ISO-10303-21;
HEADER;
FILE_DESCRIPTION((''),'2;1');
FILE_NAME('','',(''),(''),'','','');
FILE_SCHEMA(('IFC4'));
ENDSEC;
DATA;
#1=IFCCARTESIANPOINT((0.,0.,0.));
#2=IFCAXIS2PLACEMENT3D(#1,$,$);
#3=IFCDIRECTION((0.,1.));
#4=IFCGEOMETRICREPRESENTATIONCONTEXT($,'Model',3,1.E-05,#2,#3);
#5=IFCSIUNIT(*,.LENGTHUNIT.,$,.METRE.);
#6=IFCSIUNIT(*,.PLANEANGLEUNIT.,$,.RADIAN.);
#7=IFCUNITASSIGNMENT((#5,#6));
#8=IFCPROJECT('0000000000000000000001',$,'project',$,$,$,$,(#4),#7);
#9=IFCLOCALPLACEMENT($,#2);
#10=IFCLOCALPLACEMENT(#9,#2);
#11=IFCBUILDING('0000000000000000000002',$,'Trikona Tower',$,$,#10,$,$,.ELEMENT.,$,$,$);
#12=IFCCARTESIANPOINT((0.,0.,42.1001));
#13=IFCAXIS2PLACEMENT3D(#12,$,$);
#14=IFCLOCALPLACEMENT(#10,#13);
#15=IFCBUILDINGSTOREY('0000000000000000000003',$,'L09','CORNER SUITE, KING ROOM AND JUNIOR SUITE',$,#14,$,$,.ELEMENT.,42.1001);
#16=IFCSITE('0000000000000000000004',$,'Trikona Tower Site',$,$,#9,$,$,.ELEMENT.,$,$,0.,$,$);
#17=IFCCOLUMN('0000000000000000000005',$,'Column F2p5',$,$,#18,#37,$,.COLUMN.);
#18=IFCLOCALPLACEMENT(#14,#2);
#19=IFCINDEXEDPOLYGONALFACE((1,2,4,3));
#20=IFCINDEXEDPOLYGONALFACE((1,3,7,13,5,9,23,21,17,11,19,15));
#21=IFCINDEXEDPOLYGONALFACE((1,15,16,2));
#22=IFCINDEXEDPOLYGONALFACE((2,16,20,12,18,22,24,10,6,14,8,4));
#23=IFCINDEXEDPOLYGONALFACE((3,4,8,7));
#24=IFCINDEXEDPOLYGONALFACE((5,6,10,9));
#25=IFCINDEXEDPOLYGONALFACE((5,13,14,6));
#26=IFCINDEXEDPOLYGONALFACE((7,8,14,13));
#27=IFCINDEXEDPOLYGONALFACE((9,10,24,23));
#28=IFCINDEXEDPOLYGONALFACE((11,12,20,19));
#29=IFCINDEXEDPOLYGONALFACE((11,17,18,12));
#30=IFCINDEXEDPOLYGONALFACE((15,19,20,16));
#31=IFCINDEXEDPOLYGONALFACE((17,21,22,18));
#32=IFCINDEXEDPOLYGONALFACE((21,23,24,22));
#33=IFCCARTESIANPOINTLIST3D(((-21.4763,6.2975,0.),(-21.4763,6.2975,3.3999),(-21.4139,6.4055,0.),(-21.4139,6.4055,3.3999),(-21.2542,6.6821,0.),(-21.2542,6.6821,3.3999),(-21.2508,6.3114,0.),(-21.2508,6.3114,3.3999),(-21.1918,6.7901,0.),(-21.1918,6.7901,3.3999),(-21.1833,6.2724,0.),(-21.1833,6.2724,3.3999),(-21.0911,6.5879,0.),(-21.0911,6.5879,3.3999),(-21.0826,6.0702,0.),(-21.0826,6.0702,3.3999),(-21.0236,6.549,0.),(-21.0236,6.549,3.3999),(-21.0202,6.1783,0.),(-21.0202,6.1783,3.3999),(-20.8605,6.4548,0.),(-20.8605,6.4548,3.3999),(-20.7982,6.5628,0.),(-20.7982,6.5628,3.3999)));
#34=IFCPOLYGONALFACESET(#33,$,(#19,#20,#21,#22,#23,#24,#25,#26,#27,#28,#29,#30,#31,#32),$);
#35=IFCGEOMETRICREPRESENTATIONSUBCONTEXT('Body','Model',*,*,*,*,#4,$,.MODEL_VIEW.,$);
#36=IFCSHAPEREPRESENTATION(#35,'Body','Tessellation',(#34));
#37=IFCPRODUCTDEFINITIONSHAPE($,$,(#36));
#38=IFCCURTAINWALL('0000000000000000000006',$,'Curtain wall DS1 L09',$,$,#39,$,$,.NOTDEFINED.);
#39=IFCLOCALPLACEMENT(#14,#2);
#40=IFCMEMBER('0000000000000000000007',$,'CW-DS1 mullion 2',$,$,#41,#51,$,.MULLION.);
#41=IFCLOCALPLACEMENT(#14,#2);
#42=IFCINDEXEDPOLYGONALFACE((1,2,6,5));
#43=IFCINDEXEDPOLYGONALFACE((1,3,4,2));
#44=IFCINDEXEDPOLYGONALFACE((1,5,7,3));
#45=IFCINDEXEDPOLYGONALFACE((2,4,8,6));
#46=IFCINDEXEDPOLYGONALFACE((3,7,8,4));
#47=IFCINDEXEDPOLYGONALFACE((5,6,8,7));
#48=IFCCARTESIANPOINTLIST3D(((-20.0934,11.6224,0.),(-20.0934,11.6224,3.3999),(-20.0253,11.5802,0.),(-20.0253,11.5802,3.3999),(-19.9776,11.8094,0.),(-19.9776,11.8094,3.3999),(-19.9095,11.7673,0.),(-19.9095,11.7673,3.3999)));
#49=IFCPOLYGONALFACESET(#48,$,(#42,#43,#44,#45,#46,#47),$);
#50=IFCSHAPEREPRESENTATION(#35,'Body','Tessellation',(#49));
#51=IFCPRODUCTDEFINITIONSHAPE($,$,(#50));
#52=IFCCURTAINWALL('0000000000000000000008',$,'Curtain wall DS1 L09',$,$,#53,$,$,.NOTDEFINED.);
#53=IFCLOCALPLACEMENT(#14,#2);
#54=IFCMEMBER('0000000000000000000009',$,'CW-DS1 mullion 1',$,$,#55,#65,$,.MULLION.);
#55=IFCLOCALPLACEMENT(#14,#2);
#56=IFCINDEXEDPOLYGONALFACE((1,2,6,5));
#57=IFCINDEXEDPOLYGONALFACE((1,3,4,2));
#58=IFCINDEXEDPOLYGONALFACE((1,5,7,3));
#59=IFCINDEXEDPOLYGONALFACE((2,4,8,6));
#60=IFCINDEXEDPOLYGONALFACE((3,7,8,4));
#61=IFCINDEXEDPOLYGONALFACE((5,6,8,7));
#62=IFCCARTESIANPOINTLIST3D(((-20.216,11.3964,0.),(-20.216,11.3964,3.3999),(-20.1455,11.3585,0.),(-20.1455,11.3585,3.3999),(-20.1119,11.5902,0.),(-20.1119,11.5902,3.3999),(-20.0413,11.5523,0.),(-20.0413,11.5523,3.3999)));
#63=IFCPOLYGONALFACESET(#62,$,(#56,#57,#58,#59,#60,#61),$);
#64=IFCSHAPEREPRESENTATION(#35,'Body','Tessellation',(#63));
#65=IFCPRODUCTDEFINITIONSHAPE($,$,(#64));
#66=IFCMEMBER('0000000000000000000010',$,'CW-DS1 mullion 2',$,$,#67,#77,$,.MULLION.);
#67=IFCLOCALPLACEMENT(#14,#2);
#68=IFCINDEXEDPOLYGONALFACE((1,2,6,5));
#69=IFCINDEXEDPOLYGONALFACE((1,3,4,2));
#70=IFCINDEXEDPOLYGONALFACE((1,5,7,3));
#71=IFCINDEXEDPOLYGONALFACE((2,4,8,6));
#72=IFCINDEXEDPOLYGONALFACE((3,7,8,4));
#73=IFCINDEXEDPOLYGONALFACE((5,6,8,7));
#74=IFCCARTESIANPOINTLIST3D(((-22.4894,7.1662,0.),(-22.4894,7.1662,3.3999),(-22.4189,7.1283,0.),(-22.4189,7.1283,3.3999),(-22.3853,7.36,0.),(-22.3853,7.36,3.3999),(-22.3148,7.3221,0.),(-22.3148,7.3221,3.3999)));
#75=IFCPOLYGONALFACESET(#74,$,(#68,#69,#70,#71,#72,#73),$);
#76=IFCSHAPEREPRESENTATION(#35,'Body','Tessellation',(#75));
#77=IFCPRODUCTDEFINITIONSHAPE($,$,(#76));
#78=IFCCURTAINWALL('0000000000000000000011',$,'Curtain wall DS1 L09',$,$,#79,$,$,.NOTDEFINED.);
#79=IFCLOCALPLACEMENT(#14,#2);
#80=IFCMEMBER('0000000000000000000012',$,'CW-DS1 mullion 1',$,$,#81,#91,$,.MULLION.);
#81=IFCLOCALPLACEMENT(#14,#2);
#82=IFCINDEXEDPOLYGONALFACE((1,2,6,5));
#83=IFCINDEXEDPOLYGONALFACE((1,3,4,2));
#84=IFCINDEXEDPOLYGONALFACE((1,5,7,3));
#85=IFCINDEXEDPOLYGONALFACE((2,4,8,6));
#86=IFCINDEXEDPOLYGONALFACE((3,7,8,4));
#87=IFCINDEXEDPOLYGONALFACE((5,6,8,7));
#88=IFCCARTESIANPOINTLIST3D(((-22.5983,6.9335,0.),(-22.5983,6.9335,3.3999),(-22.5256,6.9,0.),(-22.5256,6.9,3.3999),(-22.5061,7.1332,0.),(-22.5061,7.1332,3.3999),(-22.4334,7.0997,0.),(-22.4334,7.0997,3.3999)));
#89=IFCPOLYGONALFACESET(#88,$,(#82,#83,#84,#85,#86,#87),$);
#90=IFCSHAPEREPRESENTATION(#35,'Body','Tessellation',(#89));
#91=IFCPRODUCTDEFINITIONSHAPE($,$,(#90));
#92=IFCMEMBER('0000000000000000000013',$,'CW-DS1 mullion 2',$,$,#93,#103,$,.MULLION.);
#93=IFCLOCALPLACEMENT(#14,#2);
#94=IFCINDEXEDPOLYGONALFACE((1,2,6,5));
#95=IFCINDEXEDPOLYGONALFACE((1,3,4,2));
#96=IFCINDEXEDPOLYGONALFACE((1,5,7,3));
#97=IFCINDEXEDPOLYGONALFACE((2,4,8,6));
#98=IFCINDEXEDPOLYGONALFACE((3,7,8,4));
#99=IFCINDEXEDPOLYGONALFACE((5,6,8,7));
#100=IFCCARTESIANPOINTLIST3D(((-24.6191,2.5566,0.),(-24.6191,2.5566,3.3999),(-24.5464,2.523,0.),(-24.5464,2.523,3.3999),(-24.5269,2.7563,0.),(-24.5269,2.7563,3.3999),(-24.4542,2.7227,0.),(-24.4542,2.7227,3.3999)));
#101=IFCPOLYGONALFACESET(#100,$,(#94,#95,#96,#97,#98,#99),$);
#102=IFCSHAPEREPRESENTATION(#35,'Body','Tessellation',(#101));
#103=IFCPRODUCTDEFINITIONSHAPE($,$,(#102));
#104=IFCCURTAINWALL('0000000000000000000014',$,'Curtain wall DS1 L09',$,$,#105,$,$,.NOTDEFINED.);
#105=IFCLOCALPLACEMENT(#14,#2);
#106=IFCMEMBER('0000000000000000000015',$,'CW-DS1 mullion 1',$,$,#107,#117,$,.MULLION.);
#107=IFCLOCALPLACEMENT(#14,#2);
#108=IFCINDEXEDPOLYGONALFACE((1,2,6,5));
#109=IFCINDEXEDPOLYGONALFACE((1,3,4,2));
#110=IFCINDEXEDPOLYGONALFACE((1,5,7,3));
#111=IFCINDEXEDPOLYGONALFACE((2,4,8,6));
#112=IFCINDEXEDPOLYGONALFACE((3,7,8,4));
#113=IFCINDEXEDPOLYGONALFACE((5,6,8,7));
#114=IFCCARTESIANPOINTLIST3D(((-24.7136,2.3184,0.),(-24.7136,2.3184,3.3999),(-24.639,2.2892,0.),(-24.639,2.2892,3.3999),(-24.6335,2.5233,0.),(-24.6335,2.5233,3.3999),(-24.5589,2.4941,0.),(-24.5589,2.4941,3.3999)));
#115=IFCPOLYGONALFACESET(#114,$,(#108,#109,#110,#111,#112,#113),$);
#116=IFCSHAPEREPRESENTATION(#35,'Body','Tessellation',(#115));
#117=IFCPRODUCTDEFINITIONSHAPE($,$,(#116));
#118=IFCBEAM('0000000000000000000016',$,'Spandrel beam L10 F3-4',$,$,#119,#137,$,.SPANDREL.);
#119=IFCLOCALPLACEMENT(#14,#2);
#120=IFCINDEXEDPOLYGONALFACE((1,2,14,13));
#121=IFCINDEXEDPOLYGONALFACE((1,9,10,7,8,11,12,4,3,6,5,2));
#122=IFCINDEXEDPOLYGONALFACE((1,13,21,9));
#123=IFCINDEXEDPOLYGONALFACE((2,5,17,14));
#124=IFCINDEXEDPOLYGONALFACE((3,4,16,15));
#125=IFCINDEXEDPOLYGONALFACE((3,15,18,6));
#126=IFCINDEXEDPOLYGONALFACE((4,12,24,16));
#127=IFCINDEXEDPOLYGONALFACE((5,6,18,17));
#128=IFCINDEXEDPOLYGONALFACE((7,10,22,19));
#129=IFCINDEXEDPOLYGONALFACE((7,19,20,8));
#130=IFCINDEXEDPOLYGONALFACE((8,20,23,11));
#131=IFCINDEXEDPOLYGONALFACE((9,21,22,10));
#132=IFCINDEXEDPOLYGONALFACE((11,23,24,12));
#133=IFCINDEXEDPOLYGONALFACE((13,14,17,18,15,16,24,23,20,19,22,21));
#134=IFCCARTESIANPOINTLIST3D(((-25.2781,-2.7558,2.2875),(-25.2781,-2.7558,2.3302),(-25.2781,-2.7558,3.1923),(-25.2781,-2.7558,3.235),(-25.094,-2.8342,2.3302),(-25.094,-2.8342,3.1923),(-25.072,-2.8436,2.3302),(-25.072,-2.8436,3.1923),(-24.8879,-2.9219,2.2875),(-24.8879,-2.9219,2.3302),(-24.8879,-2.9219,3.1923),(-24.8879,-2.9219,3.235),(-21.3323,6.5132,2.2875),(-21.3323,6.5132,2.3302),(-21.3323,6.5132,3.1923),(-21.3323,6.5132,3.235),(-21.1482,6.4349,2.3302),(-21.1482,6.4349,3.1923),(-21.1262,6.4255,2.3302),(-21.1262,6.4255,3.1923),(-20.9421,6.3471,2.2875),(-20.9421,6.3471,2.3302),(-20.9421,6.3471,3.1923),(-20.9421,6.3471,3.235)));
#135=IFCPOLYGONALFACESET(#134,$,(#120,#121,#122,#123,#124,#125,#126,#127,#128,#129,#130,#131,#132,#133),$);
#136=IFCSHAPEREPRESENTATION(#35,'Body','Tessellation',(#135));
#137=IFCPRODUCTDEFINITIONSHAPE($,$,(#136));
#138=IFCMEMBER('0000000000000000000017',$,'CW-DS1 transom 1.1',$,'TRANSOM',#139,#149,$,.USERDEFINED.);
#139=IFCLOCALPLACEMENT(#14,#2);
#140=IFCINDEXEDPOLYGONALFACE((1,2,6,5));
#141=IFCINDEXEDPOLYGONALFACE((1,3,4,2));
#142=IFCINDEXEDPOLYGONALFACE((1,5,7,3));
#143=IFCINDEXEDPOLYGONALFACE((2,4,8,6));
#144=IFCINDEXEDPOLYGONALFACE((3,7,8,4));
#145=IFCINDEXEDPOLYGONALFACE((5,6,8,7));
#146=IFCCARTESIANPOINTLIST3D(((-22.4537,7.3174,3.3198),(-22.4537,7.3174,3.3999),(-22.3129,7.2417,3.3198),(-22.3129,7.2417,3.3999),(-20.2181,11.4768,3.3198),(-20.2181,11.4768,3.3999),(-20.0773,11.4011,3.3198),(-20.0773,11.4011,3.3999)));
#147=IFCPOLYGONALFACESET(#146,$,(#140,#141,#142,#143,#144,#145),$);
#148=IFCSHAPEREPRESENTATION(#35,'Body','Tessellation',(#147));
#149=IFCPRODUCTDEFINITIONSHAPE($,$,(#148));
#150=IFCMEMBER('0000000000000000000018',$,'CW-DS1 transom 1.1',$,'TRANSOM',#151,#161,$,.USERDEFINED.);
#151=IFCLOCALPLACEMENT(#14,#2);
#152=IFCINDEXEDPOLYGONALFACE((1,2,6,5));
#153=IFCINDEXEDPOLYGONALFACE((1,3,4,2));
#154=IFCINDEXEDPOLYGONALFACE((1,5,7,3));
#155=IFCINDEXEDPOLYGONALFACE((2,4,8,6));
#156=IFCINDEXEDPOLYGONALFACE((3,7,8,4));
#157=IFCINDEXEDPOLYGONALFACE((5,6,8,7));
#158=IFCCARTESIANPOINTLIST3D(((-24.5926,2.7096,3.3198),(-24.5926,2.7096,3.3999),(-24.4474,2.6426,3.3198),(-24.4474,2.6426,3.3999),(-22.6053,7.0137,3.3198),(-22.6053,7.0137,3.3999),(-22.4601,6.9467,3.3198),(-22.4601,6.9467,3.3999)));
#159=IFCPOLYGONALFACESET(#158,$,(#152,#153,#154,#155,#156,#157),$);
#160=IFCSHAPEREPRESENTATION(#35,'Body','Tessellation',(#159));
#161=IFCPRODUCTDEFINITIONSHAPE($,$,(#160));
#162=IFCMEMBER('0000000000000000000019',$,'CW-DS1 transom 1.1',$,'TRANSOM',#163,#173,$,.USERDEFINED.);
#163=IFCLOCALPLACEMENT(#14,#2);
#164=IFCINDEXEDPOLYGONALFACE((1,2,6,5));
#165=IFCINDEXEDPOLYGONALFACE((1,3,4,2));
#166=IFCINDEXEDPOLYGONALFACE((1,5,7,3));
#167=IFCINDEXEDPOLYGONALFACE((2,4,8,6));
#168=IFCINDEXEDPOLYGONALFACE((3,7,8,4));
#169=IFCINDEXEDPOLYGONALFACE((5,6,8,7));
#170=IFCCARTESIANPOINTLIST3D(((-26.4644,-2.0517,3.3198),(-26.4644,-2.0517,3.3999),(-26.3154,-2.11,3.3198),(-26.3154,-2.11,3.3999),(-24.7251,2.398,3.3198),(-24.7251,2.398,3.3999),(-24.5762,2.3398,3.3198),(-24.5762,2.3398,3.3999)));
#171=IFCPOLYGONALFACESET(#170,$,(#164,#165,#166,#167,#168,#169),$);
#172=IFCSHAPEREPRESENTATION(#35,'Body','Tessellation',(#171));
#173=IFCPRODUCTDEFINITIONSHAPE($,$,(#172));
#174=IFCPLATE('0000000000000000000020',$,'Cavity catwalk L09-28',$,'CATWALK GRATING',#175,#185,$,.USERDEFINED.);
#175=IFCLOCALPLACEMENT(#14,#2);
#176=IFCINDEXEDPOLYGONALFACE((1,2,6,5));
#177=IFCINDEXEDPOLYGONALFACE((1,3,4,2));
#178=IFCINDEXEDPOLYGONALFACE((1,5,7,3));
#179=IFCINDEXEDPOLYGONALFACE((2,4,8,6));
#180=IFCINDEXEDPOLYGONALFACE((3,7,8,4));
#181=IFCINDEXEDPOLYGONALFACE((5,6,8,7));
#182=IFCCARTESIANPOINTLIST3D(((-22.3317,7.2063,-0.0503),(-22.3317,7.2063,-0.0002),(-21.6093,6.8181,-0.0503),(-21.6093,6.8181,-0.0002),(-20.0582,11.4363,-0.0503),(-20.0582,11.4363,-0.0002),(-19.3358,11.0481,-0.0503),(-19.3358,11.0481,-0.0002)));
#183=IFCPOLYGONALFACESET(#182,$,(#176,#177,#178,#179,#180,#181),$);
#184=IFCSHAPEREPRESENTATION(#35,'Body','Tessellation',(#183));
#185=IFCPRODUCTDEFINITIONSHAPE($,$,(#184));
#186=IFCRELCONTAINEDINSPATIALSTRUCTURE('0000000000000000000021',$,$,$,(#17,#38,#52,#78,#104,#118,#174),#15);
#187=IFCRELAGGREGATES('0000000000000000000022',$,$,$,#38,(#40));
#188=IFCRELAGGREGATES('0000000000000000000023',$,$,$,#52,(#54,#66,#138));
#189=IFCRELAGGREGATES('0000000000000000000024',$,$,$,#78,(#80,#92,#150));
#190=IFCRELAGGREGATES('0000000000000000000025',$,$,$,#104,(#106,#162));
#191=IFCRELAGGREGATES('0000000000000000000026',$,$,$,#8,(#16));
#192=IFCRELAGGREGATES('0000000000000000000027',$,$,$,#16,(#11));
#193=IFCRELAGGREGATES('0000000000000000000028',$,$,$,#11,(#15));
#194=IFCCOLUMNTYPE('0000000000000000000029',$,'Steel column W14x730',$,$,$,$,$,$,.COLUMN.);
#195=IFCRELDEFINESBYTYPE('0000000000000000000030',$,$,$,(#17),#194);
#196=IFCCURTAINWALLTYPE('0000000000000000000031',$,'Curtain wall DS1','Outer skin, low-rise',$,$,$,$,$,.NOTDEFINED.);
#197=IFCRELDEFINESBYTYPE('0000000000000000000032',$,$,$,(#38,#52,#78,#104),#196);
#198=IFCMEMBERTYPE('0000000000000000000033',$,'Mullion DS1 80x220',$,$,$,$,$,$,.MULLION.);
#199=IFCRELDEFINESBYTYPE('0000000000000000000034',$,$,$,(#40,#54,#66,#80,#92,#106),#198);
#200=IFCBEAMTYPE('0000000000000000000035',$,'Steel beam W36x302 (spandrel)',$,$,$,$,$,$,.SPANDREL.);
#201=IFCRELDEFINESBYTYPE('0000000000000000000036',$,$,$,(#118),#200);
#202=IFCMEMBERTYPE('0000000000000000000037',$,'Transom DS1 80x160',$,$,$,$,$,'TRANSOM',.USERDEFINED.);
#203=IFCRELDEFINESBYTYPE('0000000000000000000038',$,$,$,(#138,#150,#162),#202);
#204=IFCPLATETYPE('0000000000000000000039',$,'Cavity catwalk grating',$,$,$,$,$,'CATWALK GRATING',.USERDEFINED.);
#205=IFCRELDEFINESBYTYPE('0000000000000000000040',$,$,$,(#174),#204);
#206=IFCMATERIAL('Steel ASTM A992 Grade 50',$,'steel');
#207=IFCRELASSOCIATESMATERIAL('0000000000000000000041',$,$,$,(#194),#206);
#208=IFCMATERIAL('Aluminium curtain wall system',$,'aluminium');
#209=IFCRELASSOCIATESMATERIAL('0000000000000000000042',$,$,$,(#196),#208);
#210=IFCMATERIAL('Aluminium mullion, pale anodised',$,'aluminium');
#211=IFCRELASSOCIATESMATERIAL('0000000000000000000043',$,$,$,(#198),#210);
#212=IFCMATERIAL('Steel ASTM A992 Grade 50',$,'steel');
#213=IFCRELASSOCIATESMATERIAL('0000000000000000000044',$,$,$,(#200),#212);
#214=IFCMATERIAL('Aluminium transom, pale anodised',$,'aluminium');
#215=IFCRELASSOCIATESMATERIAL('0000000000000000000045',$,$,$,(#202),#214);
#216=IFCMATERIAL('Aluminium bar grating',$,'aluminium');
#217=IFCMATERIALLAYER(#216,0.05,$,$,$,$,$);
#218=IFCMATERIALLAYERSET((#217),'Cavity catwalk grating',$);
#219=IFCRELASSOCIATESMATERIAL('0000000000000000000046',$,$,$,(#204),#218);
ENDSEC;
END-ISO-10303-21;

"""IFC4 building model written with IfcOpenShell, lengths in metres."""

from ifc_helpers import new_model, si_unit, direction, frame, origin, origin_2d, place, context, subcontext, project, spatial, rectangle, i_section, extrude, material, layer, layer_set, material_profile, profile_set, type_object, element, aggregate, save


model = new_model("IFC4")

# Units and contexts
model_context = context("Model", 3, precision=1e-05, world=origin(), true_north=direction((0.0, 1.0)))
body_context = subcontext(model_context, "Body", "Model", "MODEL_VIEW")
ifc_project = project(units=[si_unit("LENGTHUNIT", "METRE"), si_unit("PLANEANGLEUNIT", "RADIAN")], contexts=[model_context])

# Site, building, storey
site_placement = place(None, origin())
site = spatial("IfcSite", under=ifc_project, at=site_placement, Name="Trikona Tower Site", CompositionType="ELEMENT", RefElevation=0.0)
building_placement = place(site_placement, origin())
building = spatial("IfcBuilding", under=site, at=building_placement, Name="Trikona Tower", CompositionType="ELEMENT")
storey_placement = place(building_placement, frame((0.0, 0.0, 42.1001)))
storey = spatial("IfcBuildingStorey", under=building, at=storey_placement, Name="L09", Description="CORNER SUITE, KING ROOM AND JUNIOR SUITE", CompositionType="ELEMENT", Elevation=42.1001)

# Column
ifc_material_1 = material(Name="Steel ASTM A992 Grade 50", Category="steel")
ifc_material_profile_1 = material_profile(ifc_material_1, i_section(OverallWidth=0.4546, OverallDepth=0.5688, WebThickness=0.0779, FlangeThickness=0.1248, at=origin_2d()), Name="W14X730")
ifc_profile_set_1 = profile_set([ifc_material_profile_1], Name="Steel ASTM A992 Grade 50")
column_type = type_object("IfcColumnType", Name="Steel column W14x730", PredefinedType="COLUMN", material=ifc_profile_set_1)
column_placement = place(storey_placement, frame((-21.1372, 6.4302, 0.0), z_axis=(0.0, 0.0, 1.0), x_axis=(-0.866025, 0.5, 0.0)))
element("IfcColumn", 1, at=column_placement, inside=storey, type_object=column_type, Name="Column F2p5", PredefinedType="COLUMN", context=body_context, shape_type="SweptSolid", body=[
    extrude(i_section(OverallWidth=0.4546, OverallDepth=0.5688, WebThickness=0.0779, FlangeThickness=0.1248, at=origin_2d()), origin(), (0.0, 0.0, 1.0), 3.3999),
])

# Curtain wall, member
ifc_material_2 = material(Name="Aluminium curtain wall system", Category="aluminium")
curtain_wall_type = type_object("IfcCurtainWallType", Name="Curtain wall DS1", Description="Outer skin, low-rise", PredefinedType="NOTDEFINED", material=ifc_material_2)
curtain_wall_1_placement = place(storey_placement, origin())
curtain_wall_1 = element("IfcCurtainWall", 2, at=curtain_wall_1_placement, inside=storey, type_object=curtain_wall_type, Name="Curtain wall DS1 L09", PredefinedType="NOTDEFINED")
ifc_material_3 = material(Name="Aluminium mullion, pale anodised", Category="aluminium")
ifc_material_profile_2 = material_profile(ifc_material_3, rectangle(XDim=0.0801, YDim=0.22, at=origin_2d()), Name="MUL-DS1")
ifc_profile_set_2 = profile_set([ifc_material_profile_2], Name="Aluminium mullion, pale anodised")
member_type_1 = type_object("IfcMemberType", Name="Mullion DS1 80x220", PredefinedType="MULLION", material=ifc_profile_set_2)
member_1_placement = place(storey_placement, frame((-20.0015, 11.6948, 0.0), z_axis=(0.0, 0.0, 1.0), x_axis=(0.85041, -0.52612, 0.0)))
member_1 = element("IfcMember", 3, at=member_1_placement, type_object=member_type_1, Name="CW-DS1 mullion 2", PredefinedType="MULLION", context=body_context, shape_type="SweptSolid", body=[
    extrude(rectangle(XDim=0.0801, YDim=0.22, at=origin_2d()), origin(), (0.0, 0.0, 1.0), 3.3999),
])
aggregate(curtain_wall_1, [member_1])

# Curtain walls, members
curtain_wall_2_placement = place(storey_placement, origin())
curtain_wall_2 = element("IfcCurtainWall", 4, at=curtain_wall_2_placement, inside=storey, type_object=curtain_wall_type, Name="Curtain wall DS1 L09", PredefinedType="NOTDEFINED")
member_2_placement = place(storey_placement, frame((-20.1287, 11.4744, 0.0), z_axis=(0.0, 0.0, 1.0), x_axis=(0.880843, -0.473408, 0.0)))
member_2 = element("IfcMember", 5, at=member_2_placement, type_object=member_type_1, Name="CW-DS1 mullion 1", PredefinedType="MULLION", context=body_context, shape_type="SweptSolid", body=[
    extrude(rectangle(XDim=0.0801, YDim=0.22, at=origin_2d()), origin(), (0.0, 0.0, 1.0), 3.3999),
])
member_3_placement = place(storey_placement, frame((-22.4021, 7.2441, 0.0), z_axis=(0.0, 0.0, 1.0), x_axis=(0.880843, -0.473408, 0.0)))
member_3 = element("IfcMember", 6, at=member_3_placement, type_object=member_type_1, Name="CW-DS1 mullion 2", PredefinedType="MULLION", context=body_context, shape_type="SweptSolid", body=[
    extrude(rectangle(XDim=0.0801, YDim=0.22, at=origin_2d()), origin(), (0.0, 0.0, 1.0), 3.3999),
])
curtain_wall_3_placement = place(storey_placement, origin())
curtain_wall_3 = element("IfcCurtainWall", 7, at=curtain_wall_3_placement, inside=storey, type_object=curtain_wall_type, Name="Curtain wall DS1 L09", PredefinedType="NOTDEFINED")
member_4_placement = place(storey_placement, frame((-22.5159, 7.0166, 0.0), z_axis=(0.0, 0.0, 1.0), x_axis=(0.907898, -0.41919, 0.0)))
member_4 = element("IfcMember", 8, at=member_4_placement, type_object=member_type_1, Name="CW-DS1 mullion 1", PredefinedType="MULLION", context=body_context, shape_type="SweptSolid", body=[
    extrude(rectangle(XDim=0.0801, YDim=0.22, at=origin_2d()), origin(), (0.0, 0.0, 1.0), 3.3999),
])
member_5_placement = place(storey_placement, frame((-24.5366, 2.6396, 0.0), z_axis=(0.0, 0.0, 1.0), x_axis=(0.907898, -0.41919, 0.0)))
member_5 = element("IfcMember", 9, at=member_5_placement, type_object=member_type_1, Name="CW-DS1 mullion 2", PredefinedType="MULLION", context=body_context, shape_type="SweptSolid", body=[
    extrude(rectangle(XDim=0.0801, YDim=0.22, at=origin_2d()), origin(), (0.0, 0.0, 1.0), 3.3999),
])

# Curtain wall, member
curtain_wall_4_placement = place(storey_placement, origin())
curtain_wall_4 = element("IfcCurtainWall", 10, at=curtain_wall_4_placement, inside=storey, type_object=curtain_wall_type, Name="Curtain wall DS1 L09", PredefinedType="NOTDEFINED")
member_6_placement = place(storey_placement, frame((-24.6362, 2.4062, 0.0), z_axis=(0.0, 0.0, 1.0), x_axis=(0.931396, -0.364008, 0.0)))
member_6 = element("IfcMember", 11, at=member_6_placement, type_object=member_type_1, Name="CW-DS1 mullion 1", PredefinedType="MULLION", context=body_context, shape_type="SweptSolid", body=[
    extrude(rectangle(XDim=0.0801, YDim=0.22, at=origin_2d()), origin(), (0.0, 0.0, 1.0), 3.3999),
])

# Beam
ifc_material_4 = material(Name="Steel ASTM A992 Grade 50", Category="steel")
ifc_material_profile_3 = material_profile(ifc_material_4, i_section(OverallWidth=0.4241, OverallDepth=0.9475, WebThickness=0.0239, FlangeThickness=0.0427, at=origin_2d()), Name="W36X302")
ifc_profile_set_3 = profile_set([ifc_material_profile_3], Name="Steel ASTM A992 Grade 50")
beam_type = type_object("IfcBeamType", Name="Steel beam W36x302 (spandrel)", PredefinedType="SPANDREL", material=ifc_profile_set_3)
beam_placement = place(storey_placement, frame((-21.1372, 6.4302, 2.7612), z_axis=(-0.391684, -0.9201, 0.0), x_axis=(0.9201, -0.391684, 0.0)))
element("IfcBeam", 12, at=beam_placement, inside=storey, type_object=beam_type, Name="Spandrel beam L10 F3-4", PredefinedType="SPANDREL", context=body_context, shape_type="SweptSolid", body=[
    extrude(i_section(OverallWidth=0.4241, OverallDepth=0.9475, WebThickness=0.0239, FlangeThickness=0.0427, at=origin_2d()), origin(), (0.0, 0.0, 1.0), 10.074),
])

# Members
ifc_material_5 = material(Name="Aluminium transom, pale anodised", Category="aluminium")
ifc_material_profile_4 = material_profile(ifc_material_5, rectangle(XDim=0.1599, YDim=0.0801, at=origin_2d()), Name="TRN-DS1")
ifc_profile_set_4 = profile_set([ifc_material_profile_4], Name="Aluminium transom, pale anodised")
member_type_2 = type_object("IfcMemberType", Name="Transom DS1 80x160", ElementType="TRANSOM", PredefinedType="USERDEFINED", material=ifc_profile_set_4)
member_7_placement = place(storey_placement, frame((-20.1477, 11.439, 3.3599), z_axis=(-0.473428, -0.880833, 0.0), x_axis=(0.880833, -0.473428, 0.0)))
member_7 = element("IfcMember", 13, at=member_7_placement, type_object=member_type_2, Name="CW-DS1 transom 1.1", ObjectType="TRANSOM", PredefinedType="USERDEFINED", context=body_context, shape_type="SweptSolid", body=[
    extrude(rectangle(XDim=0.1599, YDim=0.0801, at=origin_2d()), origin(), (0.0, 0.0, 1.0), 4.7222),
])
member_8_placement = place(storey_placement, frame((-22.5327, 6.9802, 3.3599), z_axis=(-0.419189, -0.907899, 0.0), x_axis=(0.907899, -0.419189, 0.0)))
member_8 = element("IfcMember", 14, at=member_8_placement, type_object=member_type_2, Name="CW-DS1 transom 1.1", ObjectType="TRANSOM", PredefinedType="USERDEFINED", context=body_context, shape_type="SweptSolid", body=[
    extrude(rectangle(XDim=0.1599, YDim=0.0801, at=origin_2d()), origin(), (0.0, 0.0, 1.0), 4.7407),
])
member_9_placement = place(storey_placement, frame((-24.6506, 2.3689, 3.3599), z_axis=(-0.364049, -0.93138, 0.0), x_axis=(0.93138, -0.364049, 0.0)))
member_9 = element("IfcMember", 15, at=member_9_placement, type_object=member_type_2, Name="CW-DS1 transom 1.1", ObjectType="TRANSOM", PredefinedType="USERDEFINED", context=body_context, shape_type="SweptSolid", body=[
    extrude(rectangle(XDim=0.1599, YDim=0.0801, at=origin_2d()), origin(), (0.0, 0.0, 1.0), 4.7776),
])

# Plate
ifc_material_6 = material(Name="Aluminium bar grating", Category="aluminium")
ifc_layer_1 = layer(ifc_material_6, 0.05)
ifc_layer_set_1 = layer_set([ifc_layer_1], Name="Cavity catwalk grating")
plate_type_1 = type_object("IfcPlateType", Name="Cavity catwalk grating", ElementType="CATWALK GRATING", PredefinedType="USERDEFINED", material=ifc_layer_set_1)
plate_1_placement = place(storey_placement, frame((-20.8337, 9.1272, -0.0503), z_axis=(0.0, 0.0, 1.0), x_axis=(-0.473423, -0.880835, 0.0)))
element("IfcPlate", 16, at=plate_1_placement, inside=storey, type_object=plate_type_1, Name="Cavity catwalk L09-28", ObjectType="CATWALK GRATING", PredefinedType="USERDEFINED", context=body_context, shape_type="SweptSolid", body=[
    extrude(rectangle(XDim=4.8022, YDim=0.8201, at=origin_2d()), origin(), (0.0, 0.0, 1.0), 0.05),
])

aggregate(curtain_wall_2, [member_2, member_3, member_7])
aggregate(curtain_wall_3, [member_4, member_5, member_8])
aggregate(curtain_wall_4, [member_6, member_9])

save(model, "model.ifc")
